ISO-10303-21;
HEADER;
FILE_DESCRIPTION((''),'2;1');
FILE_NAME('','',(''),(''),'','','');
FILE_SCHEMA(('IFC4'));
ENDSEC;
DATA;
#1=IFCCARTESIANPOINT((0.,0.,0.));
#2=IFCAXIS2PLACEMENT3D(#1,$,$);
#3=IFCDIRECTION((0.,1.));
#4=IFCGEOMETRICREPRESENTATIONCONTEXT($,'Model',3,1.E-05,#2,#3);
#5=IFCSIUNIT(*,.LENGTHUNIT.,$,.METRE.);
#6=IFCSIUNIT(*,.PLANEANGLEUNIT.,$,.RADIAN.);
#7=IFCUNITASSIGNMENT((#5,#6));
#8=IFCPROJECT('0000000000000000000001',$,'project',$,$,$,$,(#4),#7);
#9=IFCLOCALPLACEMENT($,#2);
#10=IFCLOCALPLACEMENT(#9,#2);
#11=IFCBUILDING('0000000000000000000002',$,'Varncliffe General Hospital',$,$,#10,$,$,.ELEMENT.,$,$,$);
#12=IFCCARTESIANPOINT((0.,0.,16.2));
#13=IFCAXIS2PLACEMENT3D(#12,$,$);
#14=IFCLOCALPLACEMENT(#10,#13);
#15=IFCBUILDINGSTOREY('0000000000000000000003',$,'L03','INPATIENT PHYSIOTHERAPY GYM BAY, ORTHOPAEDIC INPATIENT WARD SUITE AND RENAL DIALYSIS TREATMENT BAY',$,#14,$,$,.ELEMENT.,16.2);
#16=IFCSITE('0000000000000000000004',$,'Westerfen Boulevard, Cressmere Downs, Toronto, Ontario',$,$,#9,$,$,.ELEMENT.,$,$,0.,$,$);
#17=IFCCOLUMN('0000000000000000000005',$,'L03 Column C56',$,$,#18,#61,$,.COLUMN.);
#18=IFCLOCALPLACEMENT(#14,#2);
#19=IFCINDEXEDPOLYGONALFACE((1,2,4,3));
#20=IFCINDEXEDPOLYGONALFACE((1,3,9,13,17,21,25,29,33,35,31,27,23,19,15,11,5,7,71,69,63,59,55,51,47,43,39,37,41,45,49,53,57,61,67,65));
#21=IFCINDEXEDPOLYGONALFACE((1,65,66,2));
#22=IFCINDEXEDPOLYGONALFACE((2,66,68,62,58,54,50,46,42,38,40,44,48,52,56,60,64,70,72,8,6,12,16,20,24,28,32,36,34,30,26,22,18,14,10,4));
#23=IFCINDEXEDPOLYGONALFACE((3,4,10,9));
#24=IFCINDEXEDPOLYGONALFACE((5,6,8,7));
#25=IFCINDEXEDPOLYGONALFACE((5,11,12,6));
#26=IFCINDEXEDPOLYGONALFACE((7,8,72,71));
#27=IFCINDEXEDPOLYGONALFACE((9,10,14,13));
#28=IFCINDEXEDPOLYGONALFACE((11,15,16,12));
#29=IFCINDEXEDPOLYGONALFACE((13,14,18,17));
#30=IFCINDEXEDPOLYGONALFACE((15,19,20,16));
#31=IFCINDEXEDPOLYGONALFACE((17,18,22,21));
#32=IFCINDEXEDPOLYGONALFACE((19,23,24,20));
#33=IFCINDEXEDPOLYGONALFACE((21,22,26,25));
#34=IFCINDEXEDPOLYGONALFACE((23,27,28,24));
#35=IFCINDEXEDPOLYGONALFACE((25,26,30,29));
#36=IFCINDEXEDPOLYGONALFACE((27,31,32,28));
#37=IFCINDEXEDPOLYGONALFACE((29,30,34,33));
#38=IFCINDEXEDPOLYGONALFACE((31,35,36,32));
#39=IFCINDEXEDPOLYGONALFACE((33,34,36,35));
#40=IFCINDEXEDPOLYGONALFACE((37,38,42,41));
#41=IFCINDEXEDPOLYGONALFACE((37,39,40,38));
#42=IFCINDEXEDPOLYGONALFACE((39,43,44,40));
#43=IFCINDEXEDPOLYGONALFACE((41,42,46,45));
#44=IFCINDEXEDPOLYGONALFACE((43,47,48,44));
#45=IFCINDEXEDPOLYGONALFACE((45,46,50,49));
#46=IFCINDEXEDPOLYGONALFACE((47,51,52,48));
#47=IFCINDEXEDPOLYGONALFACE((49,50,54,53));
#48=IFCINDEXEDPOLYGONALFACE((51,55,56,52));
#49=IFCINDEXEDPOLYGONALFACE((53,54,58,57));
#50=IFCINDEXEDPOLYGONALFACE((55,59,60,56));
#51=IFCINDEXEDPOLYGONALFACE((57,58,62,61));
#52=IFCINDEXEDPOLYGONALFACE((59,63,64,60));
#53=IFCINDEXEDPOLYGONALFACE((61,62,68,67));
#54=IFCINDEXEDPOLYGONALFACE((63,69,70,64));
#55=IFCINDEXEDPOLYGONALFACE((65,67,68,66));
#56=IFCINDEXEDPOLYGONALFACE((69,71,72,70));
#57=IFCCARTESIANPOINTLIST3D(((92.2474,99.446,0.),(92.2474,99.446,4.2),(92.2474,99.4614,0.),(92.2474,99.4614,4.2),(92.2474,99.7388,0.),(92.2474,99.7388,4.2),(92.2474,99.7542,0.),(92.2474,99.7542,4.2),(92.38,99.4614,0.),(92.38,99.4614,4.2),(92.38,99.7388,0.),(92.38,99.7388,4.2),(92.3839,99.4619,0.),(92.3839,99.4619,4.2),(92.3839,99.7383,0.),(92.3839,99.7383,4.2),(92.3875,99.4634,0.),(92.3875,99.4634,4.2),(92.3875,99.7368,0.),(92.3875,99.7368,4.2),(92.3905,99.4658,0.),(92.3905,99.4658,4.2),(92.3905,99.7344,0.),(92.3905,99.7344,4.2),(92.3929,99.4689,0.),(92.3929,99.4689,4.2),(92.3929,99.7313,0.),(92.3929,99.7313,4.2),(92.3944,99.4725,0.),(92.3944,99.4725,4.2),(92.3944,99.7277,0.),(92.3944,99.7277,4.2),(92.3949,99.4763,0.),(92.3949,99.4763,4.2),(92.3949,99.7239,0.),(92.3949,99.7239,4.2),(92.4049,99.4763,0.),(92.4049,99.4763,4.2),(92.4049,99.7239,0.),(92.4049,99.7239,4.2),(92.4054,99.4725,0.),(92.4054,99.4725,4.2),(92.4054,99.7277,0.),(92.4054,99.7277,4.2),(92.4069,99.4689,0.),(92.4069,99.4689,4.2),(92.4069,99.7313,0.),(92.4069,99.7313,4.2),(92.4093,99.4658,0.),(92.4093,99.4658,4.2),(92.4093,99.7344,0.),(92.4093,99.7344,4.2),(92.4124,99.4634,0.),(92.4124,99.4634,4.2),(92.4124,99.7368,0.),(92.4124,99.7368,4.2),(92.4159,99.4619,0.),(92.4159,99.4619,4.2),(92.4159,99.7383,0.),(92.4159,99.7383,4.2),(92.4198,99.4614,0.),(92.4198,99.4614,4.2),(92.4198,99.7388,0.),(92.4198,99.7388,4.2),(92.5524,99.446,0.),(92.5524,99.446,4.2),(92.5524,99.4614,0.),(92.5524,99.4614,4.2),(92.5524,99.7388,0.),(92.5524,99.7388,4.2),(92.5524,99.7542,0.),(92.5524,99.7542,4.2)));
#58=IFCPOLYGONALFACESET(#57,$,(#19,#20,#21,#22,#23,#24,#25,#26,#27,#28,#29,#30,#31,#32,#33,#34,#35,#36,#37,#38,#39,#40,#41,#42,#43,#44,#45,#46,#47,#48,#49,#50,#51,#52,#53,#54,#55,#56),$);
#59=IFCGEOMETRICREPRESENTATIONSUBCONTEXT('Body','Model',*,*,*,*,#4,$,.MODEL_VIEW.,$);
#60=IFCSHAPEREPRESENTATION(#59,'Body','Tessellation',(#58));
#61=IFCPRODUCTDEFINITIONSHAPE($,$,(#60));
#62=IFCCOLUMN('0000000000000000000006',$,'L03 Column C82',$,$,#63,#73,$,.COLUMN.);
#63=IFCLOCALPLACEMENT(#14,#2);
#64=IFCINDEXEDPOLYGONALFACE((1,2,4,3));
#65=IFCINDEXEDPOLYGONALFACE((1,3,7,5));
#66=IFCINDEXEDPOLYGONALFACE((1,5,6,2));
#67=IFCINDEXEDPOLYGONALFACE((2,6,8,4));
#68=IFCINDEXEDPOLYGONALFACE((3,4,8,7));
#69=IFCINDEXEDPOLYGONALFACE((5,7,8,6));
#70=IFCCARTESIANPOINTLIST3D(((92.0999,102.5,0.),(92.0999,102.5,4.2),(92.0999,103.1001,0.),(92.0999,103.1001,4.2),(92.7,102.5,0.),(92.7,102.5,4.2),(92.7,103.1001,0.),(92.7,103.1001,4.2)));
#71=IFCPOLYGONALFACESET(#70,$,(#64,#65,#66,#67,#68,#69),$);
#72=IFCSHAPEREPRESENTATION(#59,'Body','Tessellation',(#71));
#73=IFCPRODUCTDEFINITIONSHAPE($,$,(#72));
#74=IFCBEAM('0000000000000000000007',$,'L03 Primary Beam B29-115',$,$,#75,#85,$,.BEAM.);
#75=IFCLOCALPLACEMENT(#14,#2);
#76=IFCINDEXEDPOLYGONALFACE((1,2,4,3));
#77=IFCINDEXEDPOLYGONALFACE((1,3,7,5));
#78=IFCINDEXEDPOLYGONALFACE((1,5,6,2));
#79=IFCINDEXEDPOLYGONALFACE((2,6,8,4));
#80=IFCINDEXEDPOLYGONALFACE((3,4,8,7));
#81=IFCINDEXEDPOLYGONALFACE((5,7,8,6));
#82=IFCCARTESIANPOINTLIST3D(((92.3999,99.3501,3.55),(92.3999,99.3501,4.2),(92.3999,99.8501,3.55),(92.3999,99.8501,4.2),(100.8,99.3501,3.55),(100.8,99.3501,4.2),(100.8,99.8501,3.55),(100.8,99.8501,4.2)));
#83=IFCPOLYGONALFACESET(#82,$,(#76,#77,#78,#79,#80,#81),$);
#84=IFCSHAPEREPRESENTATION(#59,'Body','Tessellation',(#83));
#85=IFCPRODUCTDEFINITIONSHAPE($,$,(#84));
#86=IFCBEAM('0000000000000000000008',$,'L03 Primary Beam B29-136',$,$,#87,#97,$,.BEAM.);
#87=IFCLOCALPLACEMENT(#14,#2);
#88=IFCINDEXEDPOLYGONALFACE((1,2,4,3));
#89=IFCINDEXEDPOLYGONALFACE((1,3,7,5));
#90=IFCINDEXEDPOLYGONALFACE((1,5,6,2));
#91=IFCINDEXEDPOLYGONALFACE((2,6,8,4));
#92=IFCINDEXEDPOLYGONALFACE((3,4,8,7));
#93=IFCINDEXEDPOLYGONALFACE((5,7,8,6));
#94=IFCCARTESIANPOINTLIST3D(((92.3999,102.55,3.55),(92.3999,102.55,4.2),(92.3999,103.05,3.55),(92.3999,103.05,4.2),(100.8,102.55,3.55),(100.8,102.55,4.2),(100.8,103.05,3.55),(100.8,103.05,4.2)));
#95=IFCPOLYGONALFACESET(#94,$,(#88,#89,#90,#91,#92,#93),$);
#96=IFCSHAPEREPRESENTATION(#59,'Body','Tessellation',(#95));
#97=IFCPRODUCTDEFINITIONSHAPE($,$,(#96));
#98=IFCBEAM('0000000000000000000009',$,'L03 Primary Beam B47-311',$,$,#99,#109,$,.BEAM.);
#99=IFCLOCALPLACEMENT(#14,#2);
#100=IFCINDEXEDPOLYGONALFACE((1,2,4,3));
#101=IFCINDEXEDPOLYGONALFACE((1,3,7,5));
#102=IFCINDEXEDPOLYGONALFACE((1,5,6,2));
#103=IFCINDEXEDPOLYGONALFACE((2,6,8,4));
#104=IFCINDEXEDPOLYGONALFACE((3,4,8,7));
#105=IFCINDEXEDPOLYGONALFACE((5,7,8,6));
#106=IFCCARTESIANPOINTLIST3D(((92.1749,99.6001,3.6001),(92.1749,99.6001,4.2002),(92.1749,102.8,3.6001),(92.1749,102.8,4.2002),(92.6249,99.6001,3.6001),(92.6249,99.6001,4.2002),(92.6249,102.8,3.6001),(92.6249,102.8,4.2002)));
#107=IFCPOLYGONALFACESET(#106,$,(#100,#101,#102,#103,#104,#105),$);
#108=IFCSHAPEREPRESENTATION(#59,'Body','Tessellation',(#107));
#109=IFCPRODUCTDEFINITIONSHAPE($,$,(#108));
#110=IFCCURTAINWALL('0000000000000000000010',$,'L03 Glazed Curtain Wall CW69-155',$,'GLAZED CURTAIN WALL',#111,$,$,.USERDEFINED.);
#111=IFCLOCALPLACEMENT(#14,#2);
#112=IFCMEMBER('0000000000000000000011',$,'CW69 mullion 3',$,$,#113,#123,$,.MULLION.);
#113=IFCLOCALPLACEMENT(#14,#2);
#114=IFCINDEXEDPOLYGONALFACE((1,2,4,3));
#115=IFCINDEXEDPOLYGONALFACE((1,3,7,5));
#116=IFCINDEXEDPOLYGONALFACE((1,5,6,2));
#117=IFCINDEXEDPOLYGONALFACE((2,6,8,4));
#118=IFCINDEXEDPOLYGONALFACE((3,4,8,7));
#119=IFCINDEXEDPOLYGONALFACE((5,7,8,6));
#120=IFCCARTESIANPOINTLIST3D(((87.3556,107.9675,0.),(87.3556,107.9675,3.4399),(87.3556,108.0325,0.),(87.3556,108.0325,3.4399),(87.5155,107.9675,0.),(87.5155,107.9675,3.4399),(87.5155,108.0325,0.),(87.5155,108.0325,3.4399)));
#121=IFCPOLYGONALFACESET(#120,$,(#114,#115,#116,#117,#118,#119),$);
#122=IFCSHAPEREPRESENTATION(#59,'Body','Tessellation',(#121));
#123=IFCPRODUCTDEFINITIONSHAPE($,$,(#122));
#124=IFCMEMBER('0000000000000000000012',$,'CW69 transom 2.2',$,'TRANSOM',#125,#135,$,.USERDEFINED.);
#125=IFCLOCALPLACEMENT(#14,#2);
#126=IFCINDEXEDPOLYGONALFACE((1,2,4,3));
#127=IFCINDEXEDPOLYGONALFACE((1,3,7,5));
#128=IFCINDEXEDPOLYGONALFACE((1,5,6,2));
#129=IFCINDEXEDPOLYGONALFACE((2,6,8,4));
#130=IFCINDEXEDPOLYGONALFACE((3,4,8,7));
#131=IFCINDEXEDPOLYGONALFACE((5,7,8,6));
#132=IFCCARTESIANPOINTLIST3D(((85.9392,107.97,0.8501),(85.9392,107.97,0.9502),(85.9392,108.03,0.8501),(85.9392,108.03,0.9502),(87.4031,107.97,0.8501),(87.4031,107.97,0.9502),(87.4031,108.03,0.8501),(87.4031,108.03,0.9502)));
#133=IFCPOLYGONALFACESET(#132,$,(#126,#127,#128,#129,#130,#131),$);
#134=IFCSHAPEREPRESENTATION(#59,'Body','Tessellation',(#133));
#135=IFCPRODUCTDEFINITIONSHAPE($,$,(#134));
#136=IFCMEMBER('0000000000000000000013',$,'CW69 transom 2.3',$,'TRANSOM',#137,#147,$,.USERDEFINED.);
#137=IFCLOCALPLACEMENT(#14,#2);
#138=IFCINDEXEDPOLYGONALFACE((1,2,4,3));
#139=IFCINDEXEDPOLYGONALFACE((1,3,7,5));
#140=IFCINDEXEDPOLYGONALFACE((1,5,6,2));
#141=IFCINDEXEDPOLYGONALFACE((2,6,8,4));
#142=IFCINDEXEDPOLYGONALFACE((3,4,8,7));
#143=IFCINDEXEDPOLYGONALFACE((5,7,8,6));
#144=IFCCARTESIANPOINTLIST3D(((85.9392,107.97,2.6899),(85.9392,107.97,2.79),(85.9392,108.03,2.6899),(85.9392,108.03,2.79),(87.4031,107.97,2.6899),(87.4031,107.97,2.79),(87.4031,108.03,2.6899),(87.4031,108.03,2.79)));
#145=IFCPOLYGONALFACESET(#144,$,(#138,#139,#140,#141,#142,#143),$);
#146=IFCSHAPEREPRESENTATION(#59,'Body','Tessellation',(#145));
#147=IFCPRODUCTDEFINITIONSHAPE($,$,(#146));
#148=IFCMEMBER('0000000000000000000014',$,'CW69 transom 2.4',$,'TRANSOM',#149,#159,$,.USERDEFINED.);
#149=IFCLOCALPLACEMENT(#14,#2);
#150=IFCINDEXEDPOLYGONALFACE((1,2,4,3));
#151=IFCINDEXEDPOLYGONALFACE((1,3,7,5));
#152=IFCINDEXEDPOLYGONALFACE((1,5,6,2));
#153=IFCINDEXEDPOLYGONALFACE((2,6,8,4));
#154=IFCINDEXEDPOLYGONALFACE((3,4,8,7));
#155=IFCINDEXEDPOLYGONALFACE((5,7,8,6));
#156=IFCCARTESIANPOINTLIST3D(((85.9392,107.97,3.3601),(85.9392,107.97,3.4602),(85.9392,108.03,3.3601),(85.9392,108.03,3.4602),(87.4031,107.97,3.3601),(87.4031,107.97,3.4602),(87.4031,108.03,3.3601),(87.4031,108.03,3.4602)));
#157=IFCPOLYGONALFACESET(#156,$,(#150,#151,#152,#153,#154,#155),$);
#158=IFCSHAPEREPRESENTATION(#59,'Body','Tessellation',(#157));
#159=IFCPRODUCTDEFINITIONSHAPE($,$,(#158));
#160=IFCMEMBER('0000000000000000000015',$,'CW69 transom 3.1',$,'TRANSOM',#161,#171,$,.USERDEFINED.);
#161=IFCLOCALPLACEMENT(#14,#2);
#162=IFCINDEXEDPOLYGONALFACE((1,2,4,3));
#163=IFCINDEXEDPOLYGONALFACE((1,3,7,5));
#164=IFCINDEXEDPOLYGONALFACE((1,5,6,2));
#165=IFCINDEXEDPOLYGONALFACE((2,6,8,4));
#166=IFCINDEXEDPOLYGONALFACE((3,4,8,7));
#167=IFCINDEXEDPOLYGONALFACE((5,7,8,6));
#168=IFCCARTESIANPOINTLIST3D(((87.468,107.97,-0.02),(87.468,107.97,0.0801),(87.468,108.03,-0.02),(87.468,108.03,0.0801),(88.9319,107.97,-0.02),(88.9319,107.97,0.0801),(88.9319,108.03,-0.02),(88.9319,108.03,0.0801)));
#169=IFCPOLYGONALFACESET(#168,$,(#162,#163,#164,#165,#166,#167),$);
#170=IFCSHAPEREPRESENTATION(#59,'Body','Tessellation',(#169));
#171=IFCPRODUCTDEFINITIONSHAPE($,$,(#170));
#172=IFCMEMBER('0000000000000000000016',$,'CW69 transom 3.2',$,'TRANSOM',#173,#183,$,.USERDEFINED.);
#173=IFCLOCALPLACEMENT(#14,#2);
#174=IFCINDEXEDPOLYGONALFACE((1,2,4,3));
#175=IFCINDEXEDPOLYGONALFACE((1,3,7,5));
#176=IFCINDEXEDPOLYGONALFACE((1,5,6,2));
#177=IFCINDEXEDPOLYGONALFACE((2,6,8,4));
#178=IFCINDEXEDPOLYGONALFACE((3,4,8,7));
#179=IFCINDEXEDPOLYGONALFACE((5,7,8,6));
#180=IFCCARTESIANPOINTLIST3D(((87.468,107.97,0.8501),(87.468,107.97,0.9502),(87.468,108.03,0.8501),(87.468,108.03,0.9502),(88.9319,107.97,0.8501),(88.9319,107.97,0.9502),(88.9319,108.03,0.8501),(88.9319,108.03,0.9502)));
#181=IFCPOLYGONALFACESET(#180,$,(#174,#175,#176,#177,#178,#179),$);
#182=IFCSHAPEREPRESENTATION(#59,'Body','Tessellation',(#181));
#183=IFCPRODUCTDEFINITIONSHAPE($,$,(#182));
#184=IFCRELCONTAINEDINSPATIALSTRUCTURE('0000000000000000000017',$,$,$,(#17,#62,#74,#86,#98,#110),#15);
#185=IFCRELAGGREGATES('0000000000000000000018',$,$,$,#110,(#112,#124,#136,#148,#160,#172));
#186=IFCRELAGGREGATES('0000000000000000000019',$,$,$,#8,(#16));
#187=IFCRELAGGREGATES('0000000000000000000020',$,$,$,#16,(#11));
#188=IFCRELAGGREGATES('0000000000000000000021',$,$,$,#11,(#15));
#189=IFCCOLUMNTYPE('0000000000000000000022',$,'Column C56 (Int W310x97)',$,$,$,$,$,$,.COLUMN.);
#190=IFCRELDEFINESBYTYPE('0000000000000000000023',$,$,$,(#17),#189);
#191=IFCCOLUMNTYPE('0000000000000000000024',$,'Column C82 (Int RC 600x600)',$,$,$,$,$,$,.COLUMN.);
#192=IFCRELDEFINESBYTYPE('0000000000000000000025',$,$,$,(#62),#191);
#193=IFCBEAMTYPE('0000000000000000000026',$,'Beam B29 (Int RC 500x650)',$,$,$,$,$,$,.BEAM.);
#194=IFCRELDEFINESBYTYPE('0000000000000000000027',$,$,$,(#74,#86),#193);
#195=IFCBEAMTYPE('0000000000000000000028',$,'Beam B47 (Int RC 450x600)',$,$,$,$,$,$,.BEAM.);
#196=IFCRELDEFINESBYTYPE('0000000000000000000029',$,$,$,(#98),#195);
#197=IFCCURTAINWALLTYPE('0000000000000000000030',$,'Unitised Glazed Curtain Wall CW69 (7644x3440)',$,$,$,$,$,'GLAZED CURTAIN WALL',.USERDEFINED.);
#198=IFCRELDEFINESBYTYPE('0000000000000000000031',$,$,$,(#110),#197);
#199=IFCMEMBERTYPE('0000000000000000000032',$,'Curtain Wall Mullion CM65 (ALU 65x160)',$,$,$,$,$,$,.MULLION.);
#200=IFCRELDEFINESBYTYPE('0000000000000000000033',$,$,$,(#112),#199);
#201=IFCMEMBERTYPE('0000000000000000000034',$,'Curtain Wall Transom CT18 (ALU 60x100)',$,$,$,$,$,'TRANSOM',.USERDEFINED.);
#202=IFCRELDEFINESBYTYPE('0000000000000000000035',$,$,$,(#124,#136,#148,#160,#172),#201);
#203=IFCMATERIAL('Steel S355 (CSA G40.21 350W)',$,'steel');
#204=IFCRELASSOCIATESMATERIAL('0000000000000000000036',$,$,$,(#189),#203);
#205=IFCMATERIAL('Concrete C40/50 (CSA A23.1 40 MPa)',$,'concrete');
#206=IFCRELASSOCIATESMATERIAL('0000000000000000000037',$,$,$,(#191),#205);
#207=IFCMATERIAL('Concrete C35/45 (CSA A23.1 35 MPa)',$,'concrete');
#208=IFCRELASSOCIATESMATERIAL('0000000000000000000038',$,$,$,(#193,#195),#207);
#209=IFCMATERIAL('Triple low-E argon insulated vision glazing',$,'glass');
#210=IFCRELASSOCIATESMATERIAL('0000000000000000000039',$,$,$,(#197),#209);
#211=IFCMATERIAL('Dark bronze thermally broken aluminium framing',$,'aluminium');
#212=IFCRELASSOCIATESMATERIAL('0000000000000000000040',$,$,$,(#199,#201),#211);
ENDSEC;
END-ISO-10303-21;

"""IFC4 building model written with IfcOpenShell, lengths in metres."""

from ifc_helpers import new_model, si_unit, direction, frame, origin, origin_2d, place, context, subcontext, project, spatial, rectangle, i_section, extrude, material, material_profile, profile_set, type_object, element, aggregate, save


model = new_model("IFC4")

# Units and contexts
model_context = context("Model", 3, precision=1e-05, world=origin(), true_north=direction((0.0, 1.0)))
body_context = subcontext(model_context, "Body", "Model", "MODEL_VIEW")
ifc_project = project(units=[si_unit("LENGTHUNIT", "METRE"), si_unit("PLANEANGLEUNIT", "RADIAN")], contexts=[model_context])

# Site, building, storey
site_placement = place(None, origin())
site = spatial("IfcSite", under=ifc_project, at=site_placement, Name="Westerfen Boulevard, Cressmere Downs, Toronto, Ontario", CompositionType="ELEMENT", RefElevation=0.0)
building_placement = place(site_placement, origin())
building = spatial("IfcBuilding", under=site, at=building_placement, Name="Varncliffe General Hospital", CompositionType="ELEMENT")
storey_placement = place(building_placement, frame((0.0, 0.0, 16.2)))
storey = spatial("IfcBuildingStorey", under=building, at=storey_placement, Name="L03", Description="INPATIENT PHYSIOTHERAPY GYM BAY, ORTHOPAEDIC INPATIENT WARD SUITE AND RENAL DIALYSIS TREATMENT BAY", CompositionType="ELEMENT", Elevation=16.2)

# Columns
ifc_material_1 = material(Name="Steel S355 (CSA G40.21 350W)", Category="steel")
ifc_material_profile_1 = material_profile(ifc_material_1, i_section(OverallWidth=0.3049, OverallDepth=0.3081, WebThickness=0.01, FlangeThickness=0.0154, FilletRadius=0.0149, at=origin_2d()), Name="W310x97")
ifc_profile_set_1 = profile_set([ifc_material_profile_1], Name="Steel S355 (CSA G40.21 350W)")
column_type_1 = type_object("IfcColumnType", Name="Column C56 (Int W310x97)", PredefinedType="COLUMN", material=ifc_profile_set_1)
column_1_placement = place(storey_placement, frame((92.3999, 99.6001, 0.0), z_axis=(0.0, 0.0, 1.0), x_axis=(1.0, 0.0, 0.0)))
element("IfcColumn", 1, at=column_1_placement, inside=storey, type_object=column_type_1, Name="L03 Column C56", PredefinedType="COLUMN", context=body_context, shape_type="SweptSolid", body=[
    extrude(i_section(OverallWidth=0.3049, OverallDepth=0.3081, WebThickness=0.01, FlangeThickness=0.0154, FilletRadius=0.0149, at=origin_2d()), origin(), (0.0, 0.0, 1.0), 4.2),
])
ifc_material_2 = material(Name="Concrete C40/50 (CSA A23.1 40 MPa)", Category="concrete")
ifc_material_profile_2 = material_profile(ifc_material_2, rectangle(XDim=0.6001, YDim=0.6001, at=origin_2d()), Name="RC 600x600")
ifc_profile_set_2 = profile_set([ifc_material_profile_2], Name="Concrete C40/50 (CSA A23.1 40 MPa)")
column_type_2 = type_object("IfcColumnType", Name="Column C82 (Int RC 600x600)", PredefinedType="COLUMN", material=ifc_profile_set_2)
column_2_placement = place(storey_placement, frame((92.3999, 102.8, 0.0), z_axis=(0.0, 0.0, 1.0), x_axis=(1.0, 0.0, 0.0)))
element("IfcColumn", 2, at=column_2_placement, inside=storey, type_object=column_type_2, Name="L03 Column C82", PredefinedType="COLUMN", context=body_context, shape_type="SweptSolid", body=[
    extrude(rectangle(XDim=0.6001, YDim=0.6001, at=origin_2d()), origin(), (0.0, 0.0, 1.0), 4.2),
])

# Beams
ifc_material_3 = material(Name="Concrete C35/45 (CSA A23.1 35 MPa)", Category="concrete")
ifc_material_profile_3 = material_profile(ifc_material_3, rectangle(XDim=0.5, YDim=0.6499, at=origin_2d()), Name="RC 500x650")
ifc_profile_set_3 = profile_set([ifc_material_profile_3], Name="Concrete C35/45 (CSA A23.1 35 MPa)")
beam_type_1 = type_object("IfcBeamType", Name="Beam B29 (Int RC 500x650)", PredefinedType="BEAM", material=ifc_profile_set_3)
for number, where, z_axis, x_axis, name in (
    (3, (92.3999, 99.6001, 3.875), (1.0, 0.0, 0.0), (0.0, 1.0, 0.0), "L03 Primary Beam B29-115"),
    (4, (92.3999, 102.8, 3.875), (1.0, 0.0, 0.0), (0.0, 1.0, 0.0), "L03 Primary Beam B29-136"),
):
    element("IfcBeam", number, at=place(storey_placement, frame(where, z_axis=z_axis, x_axis=x_axis)), inside=storey, type_object=beam_type_1, Name=name, PredefinedType="BEAM", context=body_context, shape_type="SweptSolid", body=[
        extrude(rectangle(XDim=0.5, YDim=0.6499, at=origin_2d()), origin(), (0.0, 0.0, 1.0), 8.4001),
    ])
ifc_material_profile_4 = material_profile(ifc_material_3, rectangle(XDim=0.45, YDim=0.6001, at=origin_2d()), Name="RC 450x600")
ifc_profile_set_4 = profile_set([ifc_material_profile_4], Name="Concrete C35/45 (CSA A23.1 35 MPa)")
beam_type_2 = type_object("IfcBeamType", Name="Beam B47 (Int RC 450x600)", PredefinedType="BEAM", material=ifc_profile_set_4)
beam_placement = place(storey_placement, frame((92.3999, 99.6001, 3.9001), z_axis=(0.0, 1.0, 0.0), x_axis=(-1.0, 0.0, 0.0)))
element("IfcBeam", 5, at=beam_placement, inside=storey, type_object=beam_type_2, Name="L03 Primary Beam B47-311", PredefinedType="BEAM", context=body_context, shape_type="SweptSolid", body=[
    extrude(rectangle(XDim=0.45, YDim=0.6001, at=origin_2d()), origin(), (0.0, 0.0, 1.0), 3.2),
])

# Curtain wall, members
ifc_material_4 = material(Name="Triple low-E argon insulated vision glazing", Category="glass")
curtain_wall_type = type_object("IfcCurtainWallType", Name="Unitised Glazed Curtain Wall CW69 (7644x3440)", ElementType="GLAZED CURTAIN WALL", PredefinedType="USERDEFINED", material=ifc_material_4)
curtain_wall_placement = place(storey_placement, origin())
curtain_wall = element("IfcCurtainWall", 6, at=curtain_wall_placement, inside=storey, type_object=curtain_wall_type, Name="L03 Glazed Curtain Wall CW69-155", ObjectType="GLAZED CURTAIN WALL", PredefinedType="USERDEFINED")
ifc_material_5 = material(Name="Dark bronze thermally broken aluminium framing", Category="aluminium")
ifc_material_profile_5 = material_profile(ifc_material_5, rectangle(XDim=0.0649, YDim=0.1599, at=origin_2d()), Name="ALU 65x160")
ifc_profile_set_5 = profile_set([ifc_material_profile_5], Name="Dark bronze thermally broken aluminium framing")
member_type_1 = type_object("IfcMemberType", Name="Curtain Wall Mullion CM65 (ALU 65x160)", PredefinedType="MULLION", material=ifc_profile_set_5)
member_1_placement = place(storey_placement, frame((87.4355, 108.0, 0.0), z_axis=(0.0, 0.0, 1.0), x_axis=(0.0, 1.0, 0.0)))
member_1 = element("IfcMember", 7, at=member_1_placement, type_object=member_type_1, Name="CW69 mullion 3", PredefinedType="MULLION", context=body_context, shape_type="SweptSolid", body=[
    extrude(rectangle(XDim=0.0649, YDim=0.1599, at=origin_2d()), origin(), (0.0, 0.0, 1.0), 3.4399),
])
ifc_material_profile_6 = material_profile(ifc_material_5, rectangle(XDim=0.0601, YDim=0.1001, at=origin_2d()), Name="ALU 60x100")
ifc_profile_set_6 = profile_set([ifc_material_profile_6], Name="Dark bronze thermally broken aluminium framing")
member_type_2 = type_object("IfcMemberType", Name="Curtain Wall Transom CT18 (ALU 60x100)", ElementType="TRANSOM", PredefinedType="USERDEFINED", material=ifc_profile_set_6)
member_2_placement = place(storey_placement, frame((85.9392, 108.0, 0.9001), z_axis=(1.0, 0.0, 0.0), x_axis=(0.0, 1.0, 0.0)))
member_2 = element("IfcMember", 8, at=member_2_placement, type_object=member_type_2, Name="CW69 transom 2.2", ObjectType="TRANSOM", PredefinedType="USERDEFINED", context=body_context, shape_type="SweptSolid", body=[
    extrude(rectangle(XDim=0.0601, YDim=0.1001, at=origin_2d()), origin(), (0.0, 0.0, 1.0), 1.4639),
])
member_3_placement = place(storey_placement, frame((85.9392, 108.0, 2.74), z_axis=(1.0, 0.0, 0.0), x_axis=(0.0, 1.0, 0.0)))
member_3 = element("IfcMember", 9, at=member_3_placement, type_object=member_type_2, Name="CW69 transom 2.3", ObjectType="TRANSOM", PredefinedType="USERDEFINED", context=body_context, shape_type="SweptSolid", body=[
    extrude(rectangle(XDim=0.0601, YDim=0.1001, at=origin_2d()), origin(), (0.0, 0.0, 1.0), 1.4639),
])
member_4_placement = place(storey_placement, frame((85.9392, 108.0, 3.4102), z_axis=(1.0, 0.0, 0.0), x_axis=(0.0, 1.0, 0.0)))
member_4 = element("IfcMember", 10, at=member_4_placement, type_object=member_type_2, Name="CW69 transom 2.4", ObjectType="TRANSOM", PredefinedType="USERDEFINED", context=body_context, shape_type="SweptSolid", body=[
    extrude(rectangle(XDim=0.0601, YDim=0.1001, at=origin_2d()), origin(), (0.0, 0.0, 1.0), 1.4639),
])
member_5_placement = place(storey_placement, frame((87.468, 108.0, 0.03), z_axis=(1.0, 0.0, 0.0), x_axis=(0.0, 1.0, 0.0)))
member_5 = element("IfcMember", 11, at=member_5_placement, type_object=member_type_2, Name="CW69 transom 3.1", ObjectType="TRANSOM", PredefinedType="USERDEFINED", context=body_context, shape_type="SweptSolid", body=[
    extrude(rectangle(XDim=0.0601, YDim=0.1001, at=origin_2d()), origin(), (0.0, 0.0, 1.0), 1.4639),
])
member_6_placement = place(storey_placement, frame((87.468, 108.0, 0.9001), z_axis=(1.0, 0.0, 0.0), x_axis=(0.0, 1.0, 0.0)))
member_6 = element("IfcMember", 12, at=member_6_placement, type_object=member_type_2, Name="CW69 transom 3.2", ObjectType="TRANSOM", PredefinedType="USERDEFINED", context=body_context, shape_type="SweptSolid", body=[
    extrude(rectangle(XDim=0.0601, YDim=0.1001, at=origin_2d()), origin(), (0.0, 0.0, 1.0), 1.4639),
])
aggregate(curtain_wall, [member_1, member_2, member_3, member_4, member_5, member_6])

save(model, "model.ifc")
